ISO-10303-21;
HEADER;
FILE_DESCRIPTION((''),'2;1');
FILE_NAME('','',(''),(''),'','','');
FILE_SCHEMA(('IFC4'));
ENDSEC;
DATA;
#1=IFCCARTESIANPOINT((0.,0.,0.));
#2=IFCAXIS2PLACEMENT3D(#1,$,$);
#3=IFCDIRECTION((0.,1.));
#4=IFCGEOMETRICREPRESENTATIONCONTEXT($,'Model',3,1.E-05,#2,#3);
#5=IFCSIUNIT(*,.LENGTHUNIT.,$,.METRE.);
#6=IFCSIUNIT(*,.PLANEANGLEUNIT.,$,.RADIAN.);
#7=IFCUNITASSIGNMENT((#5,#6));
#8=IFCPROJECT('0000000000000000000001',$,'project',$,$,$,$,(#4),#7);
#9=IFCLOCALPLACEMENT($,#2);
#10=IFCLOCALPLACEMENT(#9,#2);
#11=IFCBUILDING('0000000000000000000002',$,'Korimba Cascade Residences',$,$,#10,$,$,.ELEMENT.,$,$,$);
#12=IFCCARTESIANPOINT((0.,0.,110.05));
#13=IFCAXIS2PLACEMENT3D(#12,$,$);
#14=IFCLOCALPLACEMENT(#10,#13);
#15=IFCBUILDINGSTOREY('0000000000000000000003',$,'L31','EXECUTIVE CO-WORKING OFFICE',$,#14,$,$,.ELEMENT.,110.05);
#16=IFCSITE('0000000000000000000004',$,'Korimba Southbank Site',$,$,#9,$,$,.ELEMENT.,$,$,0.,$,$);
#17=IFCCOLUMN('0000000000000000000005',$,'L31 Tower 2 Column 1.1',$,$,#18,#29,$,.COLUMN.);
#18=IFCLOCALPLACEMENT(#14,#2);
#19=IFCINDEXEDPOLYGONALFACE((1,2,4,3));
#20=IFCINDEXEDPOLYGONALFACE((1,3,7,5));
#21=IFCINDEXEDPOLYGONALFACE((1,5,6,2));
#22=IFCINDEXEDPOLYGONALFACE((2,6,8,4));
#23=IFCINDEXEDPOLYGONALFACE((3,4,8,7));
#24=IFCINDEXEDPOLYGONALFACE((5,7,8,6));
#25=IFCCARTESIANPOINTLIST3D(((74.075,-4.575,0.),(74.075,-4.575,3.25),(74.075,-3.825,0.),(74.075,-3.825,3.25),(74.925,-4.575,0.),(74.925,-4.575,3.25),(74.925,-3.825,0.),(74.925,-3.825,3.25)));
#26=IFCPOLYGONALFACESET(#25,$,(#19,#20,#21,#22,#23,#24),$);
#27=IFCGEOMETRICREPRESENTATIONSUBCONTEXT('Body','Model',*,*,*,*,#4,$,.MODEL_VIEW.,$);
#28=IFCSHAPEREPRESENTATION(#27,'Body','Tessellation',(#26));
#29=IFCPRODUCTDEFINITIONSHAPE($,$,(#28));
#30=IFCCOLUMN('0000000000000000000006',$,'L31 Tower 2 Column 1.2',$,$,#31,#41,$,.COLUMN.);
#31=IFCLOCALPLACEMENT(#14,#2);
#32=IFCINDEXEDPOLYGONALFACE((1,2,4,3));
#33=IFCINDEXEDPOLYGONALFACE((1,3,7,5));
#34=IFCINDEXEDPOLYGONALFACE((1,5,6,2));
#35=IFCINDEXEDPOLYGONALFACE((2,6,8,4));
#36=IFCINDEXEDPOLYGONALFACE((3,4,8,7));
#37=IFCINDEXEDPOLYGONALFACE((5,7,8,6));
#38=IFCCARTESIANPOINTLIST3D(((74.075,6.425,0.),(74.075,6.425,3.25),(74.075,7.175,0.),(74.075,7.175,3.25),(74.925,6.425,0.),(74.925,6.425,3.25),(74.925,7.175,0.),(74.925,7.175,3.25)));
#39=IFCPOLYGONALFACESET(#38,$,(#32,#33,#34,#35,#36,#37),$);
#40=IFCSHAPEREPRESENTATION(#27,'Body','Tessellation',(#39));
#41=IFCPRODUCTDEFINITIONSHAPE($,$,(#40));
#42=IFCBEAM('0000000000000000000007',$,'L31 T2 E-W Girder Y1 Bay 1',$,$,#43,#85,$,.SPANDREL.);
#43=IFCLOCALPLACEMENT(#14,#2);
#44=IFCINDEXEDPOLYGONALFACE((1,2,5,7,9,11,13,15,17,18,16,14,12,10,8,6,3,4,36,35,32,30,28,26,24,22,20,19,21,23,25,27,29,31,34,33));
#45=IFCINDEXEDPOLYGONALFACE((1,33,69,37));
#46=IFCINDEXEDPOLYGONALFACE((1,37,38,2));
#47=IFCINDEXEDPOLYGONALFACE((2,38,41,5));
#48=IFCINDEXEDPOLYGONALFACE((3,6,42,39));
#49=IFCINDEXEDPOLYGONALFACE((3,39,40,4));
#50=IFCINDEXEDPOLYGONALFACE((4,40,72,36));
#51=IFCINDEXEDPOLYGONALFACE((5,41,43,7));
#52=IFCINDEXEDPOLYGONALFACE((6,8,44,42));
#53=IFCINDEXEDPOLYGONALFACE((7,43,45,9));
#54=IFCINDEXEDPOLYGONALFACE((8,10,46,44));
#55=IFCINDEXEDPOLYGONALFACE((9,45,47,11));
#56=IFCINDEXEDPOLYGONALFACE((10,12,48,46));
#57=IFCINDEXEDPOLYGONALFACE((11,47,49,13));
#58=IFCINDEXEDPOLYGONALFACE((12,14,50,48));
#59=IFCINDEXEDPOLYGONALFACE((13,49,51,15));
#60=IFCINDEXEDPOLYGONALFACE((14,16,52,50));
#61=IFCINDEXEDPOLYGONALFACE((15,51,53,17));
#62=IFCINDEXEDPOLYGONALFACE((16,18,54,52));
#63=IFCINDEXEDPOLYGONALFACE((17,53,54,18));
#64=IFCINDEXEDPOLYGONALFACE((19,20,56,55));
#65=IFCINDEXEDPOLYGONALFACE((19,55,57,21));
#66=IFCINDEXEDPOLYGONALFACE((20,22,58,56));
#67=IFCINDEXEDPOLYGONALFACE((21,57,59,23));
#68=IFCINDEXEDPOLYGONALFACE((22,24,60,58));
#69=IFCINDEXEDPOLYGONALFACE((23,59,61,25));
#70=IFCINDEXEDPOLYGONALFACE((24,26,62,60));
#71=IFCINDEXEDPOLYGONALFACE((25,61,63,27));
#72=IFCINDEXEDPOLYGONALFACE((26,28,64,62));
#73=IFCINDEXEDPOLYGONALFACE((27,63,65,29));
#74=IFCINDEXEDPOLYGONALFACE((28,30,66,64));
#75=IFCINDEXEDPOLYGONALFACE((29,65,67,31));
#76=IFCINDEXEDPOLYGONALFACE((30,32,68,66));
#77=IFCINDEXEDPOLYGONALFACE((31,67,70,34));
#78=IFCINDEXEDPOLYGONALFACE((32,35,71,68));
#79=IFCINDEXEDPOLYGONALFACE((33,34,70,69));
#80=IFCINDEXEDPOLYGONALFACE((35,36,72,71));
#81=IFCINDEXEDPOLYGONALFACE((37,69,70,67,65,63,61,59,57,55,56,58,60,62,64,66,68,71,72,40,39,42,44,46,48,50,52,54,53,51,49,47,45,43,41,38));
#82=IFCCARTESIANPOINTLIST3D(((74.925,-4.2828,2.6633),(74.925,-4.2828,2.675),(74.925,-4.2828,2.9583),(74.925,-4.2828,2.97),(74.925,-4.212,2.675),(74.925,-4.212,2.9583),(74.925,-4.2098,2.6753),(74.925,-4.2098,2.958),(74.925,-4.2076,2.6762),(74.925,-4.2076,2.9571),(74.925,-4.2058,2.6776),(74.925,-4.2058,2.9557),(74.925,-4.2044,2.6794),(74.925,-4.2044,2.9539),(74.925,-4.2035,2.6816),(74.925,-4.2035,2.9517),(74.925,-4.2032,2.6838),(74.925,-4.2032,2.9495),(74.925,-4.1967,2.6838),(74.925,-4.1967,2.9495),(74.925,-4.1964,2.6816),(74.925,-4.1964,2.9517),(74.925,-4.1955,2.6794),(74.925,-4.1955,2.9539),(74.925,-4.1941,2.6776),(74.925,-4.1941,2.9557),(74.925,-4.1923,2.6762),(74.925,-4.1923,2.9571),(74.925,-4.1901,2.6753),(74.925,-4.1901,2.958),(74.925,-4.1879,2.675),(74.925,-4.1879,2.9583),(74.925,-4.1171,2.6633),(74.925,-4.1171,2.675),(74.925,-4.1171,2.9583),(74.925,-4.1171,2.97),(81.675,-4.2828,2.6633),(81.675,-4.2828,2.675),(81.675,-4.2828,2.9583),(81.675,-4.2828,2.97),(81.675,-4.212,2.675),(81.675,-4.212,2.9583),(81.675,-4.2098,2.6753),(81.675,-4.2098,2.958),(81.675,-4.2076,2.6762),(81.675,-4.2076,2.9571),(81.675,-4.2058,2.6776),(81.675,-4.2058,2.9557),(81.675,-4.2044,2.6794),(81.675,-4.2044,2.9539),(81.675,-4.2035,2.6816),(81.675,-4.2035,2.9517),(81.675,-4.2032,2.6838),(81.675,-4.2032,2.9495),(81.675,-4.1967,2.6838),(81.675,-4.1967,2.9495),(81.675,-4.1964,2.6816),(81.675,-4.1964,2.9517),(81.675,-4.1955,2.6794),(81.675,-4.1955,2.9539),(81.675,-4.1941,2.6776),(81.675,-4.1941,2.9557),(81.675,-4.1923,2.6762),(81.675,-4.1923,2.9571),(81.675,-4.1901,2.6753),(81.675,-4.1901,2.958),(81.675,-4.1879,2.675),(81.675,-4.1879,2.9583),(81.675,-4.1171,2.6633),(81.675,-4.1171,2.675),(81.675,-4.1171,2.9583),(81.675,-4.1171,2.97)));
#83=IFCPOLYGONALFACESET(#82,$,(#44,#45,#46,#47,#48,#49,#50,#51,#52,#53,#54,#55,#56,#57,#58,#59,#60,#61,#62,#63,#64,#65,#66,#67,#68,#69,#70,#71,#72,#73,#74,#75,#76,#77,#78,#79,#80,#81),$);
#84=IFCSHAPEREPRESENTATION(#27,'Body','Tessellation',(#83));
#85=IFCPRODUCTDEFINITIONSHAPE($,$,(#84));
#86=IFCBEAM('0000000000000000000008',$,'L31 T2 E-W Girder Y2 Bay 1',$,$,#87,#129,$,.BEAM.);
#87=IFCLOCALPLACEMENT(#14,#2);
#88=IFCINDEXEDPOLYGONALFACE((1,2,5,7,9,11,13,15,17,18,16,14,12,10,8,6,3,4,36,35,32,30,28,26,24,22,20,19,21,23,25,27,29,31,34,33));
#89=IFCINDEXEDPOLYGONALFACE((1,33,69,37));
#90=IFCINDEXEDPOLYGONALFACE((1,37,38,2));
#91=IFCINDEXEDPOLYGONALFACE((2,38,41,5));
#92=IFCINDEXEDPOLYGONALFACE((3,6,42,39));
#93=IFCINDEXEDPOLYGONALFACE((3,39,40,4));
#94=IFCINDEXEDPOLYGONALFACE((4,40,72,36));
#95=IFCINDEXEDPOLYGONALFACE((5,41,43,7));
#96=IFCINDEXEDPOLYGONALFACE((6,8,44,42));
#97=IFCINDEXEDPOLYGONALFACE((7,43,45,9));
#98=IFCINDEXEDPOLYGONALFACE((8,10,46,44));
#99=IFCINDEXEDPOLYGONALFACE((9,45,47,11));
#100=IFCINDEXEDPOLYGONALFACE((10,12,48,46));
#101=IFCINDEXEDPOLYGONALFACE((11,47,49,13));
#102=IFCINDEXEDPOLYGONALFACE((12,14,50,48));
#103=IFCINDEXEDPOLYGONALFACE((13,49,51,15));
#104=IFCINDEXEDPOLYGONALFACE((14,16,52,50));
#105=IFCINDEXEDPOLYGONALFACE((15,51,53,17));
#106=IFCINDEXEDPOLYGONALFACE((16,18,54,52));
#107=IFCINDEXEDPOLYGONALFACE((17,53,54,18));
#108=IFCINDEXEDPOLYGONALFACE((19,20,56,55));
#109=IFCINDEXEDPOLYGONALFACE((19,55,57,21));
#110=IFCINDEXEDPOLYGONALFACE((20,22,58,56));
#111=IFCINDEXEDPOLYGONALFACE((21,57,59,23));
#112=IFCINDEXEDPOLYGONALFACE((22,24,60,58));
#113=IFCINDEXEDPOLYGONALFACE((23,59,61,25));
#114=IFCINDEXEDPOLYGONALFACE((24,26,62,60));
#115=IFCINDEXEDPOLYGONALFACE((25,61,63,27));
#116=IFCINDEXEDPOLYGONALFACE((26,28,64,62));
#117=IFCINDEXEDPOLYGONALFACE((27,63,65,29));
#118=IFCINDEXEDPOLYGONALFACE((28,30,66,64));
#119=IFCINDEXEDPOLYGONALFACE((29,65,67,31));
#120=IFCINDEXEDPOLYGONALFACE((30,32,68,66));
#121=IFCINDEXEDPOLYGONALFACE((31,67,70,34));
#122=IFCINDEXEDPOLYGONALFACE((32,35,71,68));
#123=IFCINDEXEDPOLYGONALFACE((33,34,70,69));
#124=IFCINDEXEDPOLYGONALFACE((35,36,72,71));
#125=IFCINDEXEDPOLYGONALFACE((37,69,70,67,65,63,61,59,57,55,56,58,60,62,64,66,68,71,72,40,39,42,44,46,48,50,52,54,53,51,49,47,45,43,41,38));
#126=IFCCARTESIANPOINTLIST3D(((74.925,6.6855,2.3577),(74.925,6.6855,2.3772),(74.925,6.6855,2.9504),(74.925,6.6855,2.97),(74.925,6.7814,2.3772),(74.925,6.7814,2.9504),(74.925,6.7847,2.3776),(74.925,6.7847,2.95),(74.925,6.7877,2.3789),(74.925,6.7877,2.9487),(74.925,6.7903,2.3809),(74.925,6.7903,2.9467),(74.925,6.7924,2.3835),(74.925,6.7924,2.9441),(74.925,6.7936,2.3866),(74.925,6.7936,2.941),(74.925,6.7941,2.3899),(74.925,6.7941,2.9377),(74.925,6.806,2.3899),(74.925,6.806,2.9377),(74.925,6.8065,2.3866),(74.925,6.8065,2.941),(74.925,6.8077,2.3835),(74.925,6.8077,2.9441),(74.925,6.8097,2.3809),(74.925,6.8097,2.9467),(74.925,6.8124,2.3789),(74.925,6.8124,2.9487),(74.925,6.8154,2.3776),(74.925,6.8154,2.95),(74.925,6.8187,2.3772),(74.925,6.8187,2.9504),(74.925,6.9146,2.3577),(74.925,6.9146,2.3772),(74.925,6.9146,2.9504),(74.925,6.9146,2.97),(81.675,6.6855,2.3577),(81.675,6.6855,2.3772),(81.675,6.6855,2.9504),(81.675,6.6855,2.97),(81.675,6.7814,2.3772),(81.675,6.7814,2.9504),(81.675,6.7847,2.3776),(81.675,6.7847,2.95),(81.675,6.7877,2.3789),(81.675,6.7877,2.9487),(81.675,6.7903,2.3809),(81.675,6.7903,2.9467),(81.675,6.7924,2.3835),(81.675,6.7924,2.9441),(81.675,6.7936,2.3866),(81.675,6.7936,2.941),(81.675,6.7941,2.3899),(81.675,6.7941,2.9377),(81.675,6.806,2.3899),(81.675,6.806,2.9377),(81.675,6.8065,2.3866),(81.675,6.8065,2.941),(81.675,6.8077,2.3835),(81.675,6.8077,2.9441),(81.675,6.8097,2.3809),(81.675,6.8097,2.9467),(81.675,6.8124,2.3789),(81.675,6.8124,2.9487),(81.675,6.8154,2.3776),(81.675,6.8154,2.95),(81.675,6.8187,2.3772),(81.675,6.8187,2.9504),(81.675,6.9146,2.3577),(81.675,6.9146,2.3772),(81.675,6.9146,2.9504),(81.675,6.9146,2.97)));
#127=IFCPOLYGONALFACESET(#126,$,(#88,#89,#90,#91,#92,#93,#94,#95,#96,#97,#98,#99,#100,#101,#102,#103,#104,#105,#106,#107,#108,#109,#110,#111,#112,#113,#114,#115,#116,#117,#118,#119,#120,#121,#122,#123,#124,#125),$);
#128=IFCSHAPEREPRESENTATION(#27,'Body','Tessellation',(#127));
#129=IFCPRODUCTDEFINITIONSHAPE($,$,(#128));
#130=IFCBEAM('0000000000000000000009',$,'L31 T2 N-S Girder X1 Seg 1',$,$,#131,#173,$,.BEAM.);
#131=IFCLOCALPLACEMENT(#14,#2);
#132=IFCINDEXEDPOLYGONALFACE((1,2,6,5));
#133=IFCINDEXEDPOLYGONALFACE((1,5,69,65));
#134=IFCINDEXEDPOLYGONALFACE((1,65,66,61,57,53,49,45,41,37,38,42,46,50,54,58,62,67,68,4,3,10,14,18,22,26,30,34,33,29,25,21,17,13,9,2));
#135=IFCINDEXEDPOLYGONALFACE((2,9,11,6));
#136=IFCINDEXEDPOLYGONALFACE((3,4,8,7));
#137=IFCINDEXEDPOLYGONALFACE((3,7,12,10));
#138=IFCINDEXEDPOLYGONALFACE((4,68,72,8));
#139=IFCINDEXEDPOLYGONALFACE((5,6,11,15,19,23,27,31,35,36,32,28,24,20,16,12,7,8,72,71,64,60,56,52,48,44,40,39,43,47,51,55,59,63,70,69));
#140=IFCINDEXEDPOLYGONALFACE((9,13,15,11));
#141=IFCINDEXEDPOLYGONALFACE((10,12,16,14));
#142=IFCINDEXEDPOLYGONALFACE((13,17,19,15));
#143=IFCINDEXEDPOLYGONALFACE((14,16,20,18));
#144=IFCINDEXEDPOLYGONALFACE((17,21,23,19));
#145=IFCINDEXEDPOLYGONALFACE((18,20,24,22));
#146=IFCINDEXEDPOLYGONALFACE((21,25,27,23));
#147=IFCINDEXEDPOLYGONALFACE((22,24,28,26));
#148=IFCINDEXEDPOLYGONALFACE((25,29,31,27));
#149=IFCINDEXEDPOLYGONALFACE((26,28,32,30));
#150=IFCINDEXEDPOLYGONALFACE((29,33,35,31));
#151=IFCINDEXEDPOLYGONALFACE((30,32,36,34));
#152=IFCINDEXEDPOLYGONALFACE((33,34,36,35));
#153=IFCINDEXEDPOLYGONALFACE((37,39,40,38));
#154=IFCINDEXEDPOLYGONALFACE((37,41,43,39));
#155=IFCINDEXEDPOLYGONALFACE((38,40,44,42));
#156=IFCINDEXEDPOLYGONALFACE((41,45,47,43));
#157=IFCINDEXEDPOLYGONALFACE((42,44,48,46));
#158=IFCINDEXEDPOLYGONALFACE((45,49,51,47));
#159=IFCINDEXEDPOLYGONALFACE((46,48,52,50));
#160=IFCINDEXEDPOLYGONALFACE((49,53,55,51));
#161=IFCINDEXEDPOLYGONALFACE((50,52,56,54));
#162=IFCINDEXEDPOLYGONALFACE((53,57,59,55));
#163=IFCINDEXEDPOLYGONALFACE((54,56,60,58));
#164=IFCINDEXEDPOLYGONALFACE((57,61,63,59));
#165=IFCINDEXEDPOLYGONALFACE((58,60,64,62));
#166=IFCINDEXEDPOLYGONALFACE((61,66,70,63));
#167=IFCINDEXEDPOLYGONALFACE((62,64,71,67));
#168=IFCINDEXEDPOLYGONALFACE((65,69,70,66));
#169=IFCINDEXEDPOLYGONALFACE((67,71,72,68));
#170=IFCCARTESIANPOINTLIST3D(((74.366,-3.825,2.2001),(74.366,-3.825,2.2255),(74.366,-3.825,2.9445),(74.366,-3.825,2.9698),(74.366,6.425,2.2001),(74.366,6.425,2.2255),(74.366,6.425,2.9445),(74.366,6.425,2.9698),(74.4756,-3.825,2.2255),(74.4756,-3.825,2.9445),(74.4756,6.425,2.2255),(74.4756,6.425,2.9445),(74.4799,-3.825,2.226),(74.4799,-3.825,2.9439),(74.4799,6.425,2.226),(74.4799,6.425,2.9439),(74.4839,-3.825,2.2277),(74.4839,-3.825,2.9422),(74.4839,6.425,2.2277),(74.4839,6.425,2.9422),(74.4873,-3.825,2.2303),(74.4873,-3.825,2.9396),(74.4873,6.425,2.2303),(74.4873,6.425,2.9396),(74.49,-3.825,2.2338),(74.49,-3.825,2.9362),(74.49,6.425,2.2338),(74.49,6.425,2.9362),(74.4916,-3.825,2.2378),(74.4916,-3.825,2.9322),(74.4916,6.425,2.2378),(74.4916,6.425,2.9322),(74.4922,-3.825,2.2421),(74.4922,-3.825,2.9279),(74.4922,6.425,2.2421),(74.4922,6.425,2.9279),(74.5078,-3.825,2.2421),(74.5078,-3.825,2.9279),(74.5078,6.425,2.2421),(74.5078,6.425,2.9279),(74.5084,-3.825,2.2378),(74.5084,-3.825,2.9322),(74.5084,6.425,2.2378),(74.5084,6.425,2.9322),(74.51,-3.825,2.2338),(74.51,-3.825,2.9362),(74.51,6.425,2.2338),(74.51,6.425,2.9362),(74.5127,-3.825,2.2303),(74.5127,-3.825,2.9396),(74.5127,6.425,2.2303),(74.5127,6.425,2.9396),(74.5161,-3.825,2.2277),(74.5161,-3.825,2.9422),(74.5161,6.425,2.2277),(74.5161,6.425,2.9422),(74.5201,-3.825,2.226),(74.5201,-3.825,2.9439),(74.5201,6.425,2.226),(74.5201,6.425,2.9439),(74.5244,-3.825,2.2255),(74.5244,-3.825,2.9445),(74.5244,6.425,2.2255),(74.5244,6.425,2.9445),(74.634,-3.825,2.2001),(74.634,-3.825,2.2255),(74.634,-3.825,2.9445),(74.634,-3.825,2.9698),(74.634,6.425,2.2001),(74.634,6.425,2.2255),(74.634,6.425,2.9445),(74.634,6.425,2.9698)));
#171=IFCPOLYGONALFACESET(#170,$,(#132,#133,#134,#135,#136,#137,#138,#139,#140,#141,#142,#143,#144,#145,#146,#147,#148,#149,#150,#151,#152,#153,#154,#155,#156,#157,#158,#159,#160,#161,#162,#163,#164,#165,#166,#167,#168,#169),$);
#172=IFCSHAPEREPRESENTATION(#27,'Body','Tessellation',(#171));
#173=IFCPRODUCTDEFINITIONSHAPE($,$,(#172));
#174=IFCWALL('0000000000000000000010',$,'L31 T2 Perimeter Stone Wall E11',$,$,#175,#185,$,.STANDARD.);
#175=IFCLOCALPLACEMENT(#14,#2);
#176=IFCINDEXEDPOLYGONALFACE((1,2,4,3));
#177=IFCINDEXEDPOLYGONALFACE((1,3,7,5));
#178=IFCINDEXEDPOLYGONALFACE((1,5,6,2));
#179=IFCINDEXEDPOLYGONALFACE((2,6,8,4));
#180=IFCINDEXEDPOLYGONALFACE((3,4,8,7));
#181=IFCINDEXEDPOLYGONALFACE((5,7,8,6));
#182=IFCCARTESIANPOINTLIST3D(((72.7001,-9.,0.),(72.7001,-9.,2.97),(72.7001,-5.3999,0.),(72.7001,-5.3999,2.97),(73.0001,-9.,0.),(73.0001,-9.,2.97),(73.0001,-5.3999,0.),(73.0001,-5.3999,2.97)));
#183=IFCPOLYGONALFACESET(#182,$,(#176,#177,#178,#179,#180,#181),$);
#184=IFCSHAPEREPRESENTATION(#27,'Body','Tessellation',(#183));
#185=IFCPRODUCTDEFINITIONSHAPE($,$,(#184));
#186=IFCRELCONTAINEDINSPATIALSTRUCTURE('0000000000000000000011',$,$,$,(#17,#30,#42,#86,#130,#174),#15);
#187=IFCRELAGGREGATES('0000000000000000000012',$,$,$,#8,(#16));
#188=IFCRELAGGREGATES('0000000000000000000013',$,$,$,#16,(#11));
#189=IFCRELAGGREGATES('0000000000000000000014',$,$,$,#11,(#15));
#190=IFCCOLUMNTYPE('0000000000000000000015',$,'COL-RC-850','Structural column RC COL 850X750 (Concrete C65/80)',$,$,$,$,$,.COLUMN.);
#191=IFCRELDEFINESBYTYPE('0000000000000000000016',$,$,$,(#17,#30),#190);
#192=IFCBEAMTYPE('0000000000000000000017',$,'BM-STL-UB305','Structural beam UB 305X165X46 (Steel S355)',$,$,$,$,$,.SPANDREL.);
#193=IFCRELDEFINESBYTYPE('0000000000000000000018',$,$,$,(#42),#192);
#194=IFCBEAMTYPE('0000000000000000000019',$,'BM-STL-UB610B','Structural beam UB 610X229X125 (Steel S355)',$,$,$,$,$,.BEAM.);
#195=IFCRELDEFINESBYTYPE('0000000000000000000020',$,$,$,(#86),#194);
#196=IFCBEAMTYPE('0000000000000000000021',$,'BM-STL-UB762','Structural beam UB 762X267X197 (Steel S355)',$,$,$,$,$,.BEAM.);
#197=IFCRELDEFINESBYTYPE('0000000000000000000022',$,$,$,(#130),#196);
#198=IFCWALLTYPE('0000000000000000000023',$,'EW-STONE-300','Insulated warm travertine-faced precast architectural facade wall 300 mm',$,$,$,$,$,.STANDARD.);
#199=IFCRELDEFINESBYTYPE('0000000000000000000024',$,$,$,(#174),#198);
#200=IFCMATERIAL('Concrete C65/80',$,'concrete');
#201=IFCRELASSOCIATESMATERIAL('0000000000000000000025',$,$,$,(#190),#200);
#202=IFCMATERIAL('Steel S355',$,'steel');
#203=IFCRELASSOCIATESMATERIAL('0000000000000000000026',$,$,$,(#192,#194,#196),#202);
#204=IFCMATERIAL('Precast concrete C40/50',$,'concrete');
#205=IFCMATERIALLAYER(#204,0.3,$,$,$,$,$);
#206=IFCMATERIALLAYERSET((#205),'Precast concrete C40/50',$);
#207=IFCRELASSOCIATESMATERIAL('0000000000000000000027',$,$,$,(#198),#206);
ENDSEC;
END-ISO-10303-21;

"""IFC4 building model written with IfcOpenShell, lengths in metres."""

from ifc_helpers import new_model, si_unit, direction, frame, frame_2d, origin, origin_2d, place, context, subcontext, project, spatial, rectangle, i_section, extrude, material, layer, layer_set, material_profile, profile_set, type_object, element, save


model = new_model("IFC4")

# Units and contexts
model_context = context("Model", 3, precision=1e-05, world=origin(), true_north=direction((0.0, 1.0)))
body_context = subcontext(model_context, "Body", "Model", "MODEL_VIEW")
ifc_project = project(units=[si_unit("LENGTHUNIT", "METRE"), si_unit("PLANEANGLEUNIT", "RADIAN")], contexts=[model_context])

# Site, building, storey
site_placement = place(None, origin())
site = spatial("IfcSite", under=ifc_project, at=site_placement, Name="Korimba Southbank Site", CompositionType="ELEMENT", RefElevation=0.0)
building_placement = place(site_placement, origin())
building = spatial("IfcBuilding", under=site, at=building_placement, Name="Korimba Cascade Residences", CompositionType="ELEMENT")
storey_placement = place(building_placement, frame((0.0, 0.0, 110.05)))
storey = spatial("IfcBuildingStorey", under=building, at=storey_placement, Name="L31", Description="EXECUTIVE CO-WORKING OFFICE", CompositionType="ELEMENT", Elevation=110.05)

# Columns
ifc_material_1 = material(Name="Concrete C65/80", Category="concrete")
ifc_material_profile_1 = material_profile(ifc_material_1, rectangle(XDim=0.8501, YDim=0.75, at=origin_2d()), Name="Concrete C65/80")
ifc_profile_set_1 = profile_set([ifc_material_profile_1], Name="Concrete C65/80")
column_type = type_object("IfcColumnType", Name="COL-RC-850", Description="Structural column RC COL 850X750 (Concrete C65/80)", PredefinedType="COLUMN", material=ifc_profile_set_1)
for number, where, z_axis, x_axis, name in (
    (1, (74.5, -4.2, 0.0), (0.0, 0.0, 1.0), (1.0, 0.0, 0.0), "L31 Tower 2 Column 1.1"),
    (2, (74.5, 6.8, 0.0), (0.0, 0.0, 1.0), (1.0, 0.0, 0.0), "L31 Tower 2 Column 1.2"),
):
    element("IfcColumn", number, at=place(storey_placement, frame(where, z_axis=z_axis, x_axis=x_axis)), inside=storey, type_object=column_type, Name=name, PredefinedType="COLUMN", context=body_context, shape_type="SweptSolid", body=[
        extrude(rectangle(XDim=0.8501, YDim=0.75, at=origin_2d()), origin(), (0.0, 0.0, 1.0), 3.25),
    ])

# Beams
ifc_material_2 = material(Name="Steel S355", Category="steel")
ifc_material_profile_2 = material_profile(ifc_material_2, i_section(OverallWidth=0.1658, OverallDepth=0.3066, WebThickness=0.0066, FlangeThickness=0.0117, FilletRadius=0.0088, at=origin_2d()), Name="Steel S355")
ifc_profile_set_2 = profile_set([ifc_material_profile_2], Name="Steel S355")
beam_type_1 = type_object("IfcBeamType", Name="BM-STL-UB305", Description="Structural beam UB 305X165X46 (Steel S355)", PredefinedType="SPANDREL", material=ifc_profile_set_2)
beam_1_placement = place(storey_placement, frame((74.925, -4.2, 2.8167), z_axis=(1.0, 0.0, 0.0), x_axis=(0.0, 1.0, 0.0)))
element("IfcBeam", 3, at=beam_1_placement, inside=storey, type_object=beam_type_1, Name="L31 T2 E-W Girder Y1 Bay 1", PredefinedType="SPANDREL", context=body_context, shape_type="SweptSolid", body=[
    extrude(i_section(OverallWidth=0.1658, OverallDepth=0.3066, WebThickness=0.0066, FlangeThickness=0.0117, FilletRadius=0.0088, at=origin_2d()), origin(), (0.0, 0.0, 1.0), 6.75),
])
ifc_material_profile_3 = material_profile(ifc_material_2, i_section(OverallWidth=0.229, OverallDepth=0.6123, WebThickness=0.012, FlangeThickness=0.0195, FilletRadius=0.0127, at=origin_2d()), Name="Steel S355")
ifc_profile_set_3 = profile_set([ifc_material_profile_3], Name="Steel S355")
beam_type_2 = type_object("IfcBeamType", Name="BM-STL-UB610B", Description="Structural beam UB 610X229X125 (Steel S355)", PredefinedType="BEAM", material=ifc_profile_set_3)
beam_2_placement = place(storey_placement, frame((74.925, 6.8, 2.6638), z_axis=(1.0, 0.0, 0.0), x_axis=(0.0, 1.0, 0.0)))
element("IfcBeam", 4, at=beam_2_placement, inside=storey, type_object=beam_type_2, Name="L31 T2 E-W Girder Y2 Bay 1", PredefinedType="BEAM", context=body_context, shape_type="SweptSolid", body=[
    extrude(i_section(OverallWidth=0.229, OverallDepth=0.6123, WebThickness=0.012, FlangeThickness=0.0195, FilletRadius=0.0127, at=origin_2d()), origin(), (0.0, 0.0, 1.0), 6.75),
])
ifc_material_profile_4 = material_profile(ifc_material_2, i_section(OverallWidth=0.2681, OverallDepth=0.7698, WebThickness=0.0156, FlangeThickness=0.0254, FilletRadius=0.0166, at=origin_2d()), Name="Steel S355")
ifc_profile_set_4 = profile_set([ifc_material_profile_4], Name="Steel S355")
beam_type_3 = type_object("IfcBeamType", Name="BM-STL-UB762", Description="Structural beam UB 762X267X197 (Steel S355)", PredefinedType="BEAM", material=ifc_profile_set_4)
beam_3_placement = place(storey_placement, frame((74.5, -3.825, 2.585), z_axis=(0.0, 1.0, 0.0), x_axis=(-1.0, 0.0, 0.0)))
element("IfcBeam", 5, at=beam_3_placement, inside=storey, type_object=beam_type_3, Name="L31 T2 N-S Girder X1 Seg 1", PredefinedType="BEAM", context=body_context, shape_type="SweptSolid", body=[
    extrude(i_section(OverallWidth=0.2681, OverallDepth=0.7698, WebThickness=0.0156, FlangeThickness=0.0254, FilletRadius=0.0166, at=origin_2d()), origin(), (0.0, 0.0, 1.0), 10.25),
])

# Wall
ifc_material_3 = material(Name="Precast concrete C40/50", Category="concrete")
ifc_layer_1 = layer(ifc_material_3, 0.3)
ifc_layer_set_1 = layer_set([ifc_layer_1], Name="Precast concrete C40/50")
wall_type_1 = type_object("IfcWallType", Name="EW-STONE-300", Description="Insulated warm travertine-faced precast architectural facade wall 300 mm", PredefinedType="STANDARD", material=ifc_layer_set_1)
wall_1_placement = place(storey_placement, frame((72.8501, -5.3999, 0.0), z_axis=(0.0, 0.0, 1.0), x_axis=(0.0, -1.0, 0.0)))
element("IfcWall", 6, at=wall_1_placement, inside=storey, type_object=wall_type_1, Name="L31 T2 Perimeter Stone Wall E11", PredefinedType="STANDARD", context=body_context, shape_type="SweptSolid", body=[
    extrude(rectangle(XDim=3.6001, YDim=0.3, at=frame_2d((1.8, 0.0))), origin(), (0.0, 0.0, 1.0), 2.97),
])

save(model, "model.ifc")
